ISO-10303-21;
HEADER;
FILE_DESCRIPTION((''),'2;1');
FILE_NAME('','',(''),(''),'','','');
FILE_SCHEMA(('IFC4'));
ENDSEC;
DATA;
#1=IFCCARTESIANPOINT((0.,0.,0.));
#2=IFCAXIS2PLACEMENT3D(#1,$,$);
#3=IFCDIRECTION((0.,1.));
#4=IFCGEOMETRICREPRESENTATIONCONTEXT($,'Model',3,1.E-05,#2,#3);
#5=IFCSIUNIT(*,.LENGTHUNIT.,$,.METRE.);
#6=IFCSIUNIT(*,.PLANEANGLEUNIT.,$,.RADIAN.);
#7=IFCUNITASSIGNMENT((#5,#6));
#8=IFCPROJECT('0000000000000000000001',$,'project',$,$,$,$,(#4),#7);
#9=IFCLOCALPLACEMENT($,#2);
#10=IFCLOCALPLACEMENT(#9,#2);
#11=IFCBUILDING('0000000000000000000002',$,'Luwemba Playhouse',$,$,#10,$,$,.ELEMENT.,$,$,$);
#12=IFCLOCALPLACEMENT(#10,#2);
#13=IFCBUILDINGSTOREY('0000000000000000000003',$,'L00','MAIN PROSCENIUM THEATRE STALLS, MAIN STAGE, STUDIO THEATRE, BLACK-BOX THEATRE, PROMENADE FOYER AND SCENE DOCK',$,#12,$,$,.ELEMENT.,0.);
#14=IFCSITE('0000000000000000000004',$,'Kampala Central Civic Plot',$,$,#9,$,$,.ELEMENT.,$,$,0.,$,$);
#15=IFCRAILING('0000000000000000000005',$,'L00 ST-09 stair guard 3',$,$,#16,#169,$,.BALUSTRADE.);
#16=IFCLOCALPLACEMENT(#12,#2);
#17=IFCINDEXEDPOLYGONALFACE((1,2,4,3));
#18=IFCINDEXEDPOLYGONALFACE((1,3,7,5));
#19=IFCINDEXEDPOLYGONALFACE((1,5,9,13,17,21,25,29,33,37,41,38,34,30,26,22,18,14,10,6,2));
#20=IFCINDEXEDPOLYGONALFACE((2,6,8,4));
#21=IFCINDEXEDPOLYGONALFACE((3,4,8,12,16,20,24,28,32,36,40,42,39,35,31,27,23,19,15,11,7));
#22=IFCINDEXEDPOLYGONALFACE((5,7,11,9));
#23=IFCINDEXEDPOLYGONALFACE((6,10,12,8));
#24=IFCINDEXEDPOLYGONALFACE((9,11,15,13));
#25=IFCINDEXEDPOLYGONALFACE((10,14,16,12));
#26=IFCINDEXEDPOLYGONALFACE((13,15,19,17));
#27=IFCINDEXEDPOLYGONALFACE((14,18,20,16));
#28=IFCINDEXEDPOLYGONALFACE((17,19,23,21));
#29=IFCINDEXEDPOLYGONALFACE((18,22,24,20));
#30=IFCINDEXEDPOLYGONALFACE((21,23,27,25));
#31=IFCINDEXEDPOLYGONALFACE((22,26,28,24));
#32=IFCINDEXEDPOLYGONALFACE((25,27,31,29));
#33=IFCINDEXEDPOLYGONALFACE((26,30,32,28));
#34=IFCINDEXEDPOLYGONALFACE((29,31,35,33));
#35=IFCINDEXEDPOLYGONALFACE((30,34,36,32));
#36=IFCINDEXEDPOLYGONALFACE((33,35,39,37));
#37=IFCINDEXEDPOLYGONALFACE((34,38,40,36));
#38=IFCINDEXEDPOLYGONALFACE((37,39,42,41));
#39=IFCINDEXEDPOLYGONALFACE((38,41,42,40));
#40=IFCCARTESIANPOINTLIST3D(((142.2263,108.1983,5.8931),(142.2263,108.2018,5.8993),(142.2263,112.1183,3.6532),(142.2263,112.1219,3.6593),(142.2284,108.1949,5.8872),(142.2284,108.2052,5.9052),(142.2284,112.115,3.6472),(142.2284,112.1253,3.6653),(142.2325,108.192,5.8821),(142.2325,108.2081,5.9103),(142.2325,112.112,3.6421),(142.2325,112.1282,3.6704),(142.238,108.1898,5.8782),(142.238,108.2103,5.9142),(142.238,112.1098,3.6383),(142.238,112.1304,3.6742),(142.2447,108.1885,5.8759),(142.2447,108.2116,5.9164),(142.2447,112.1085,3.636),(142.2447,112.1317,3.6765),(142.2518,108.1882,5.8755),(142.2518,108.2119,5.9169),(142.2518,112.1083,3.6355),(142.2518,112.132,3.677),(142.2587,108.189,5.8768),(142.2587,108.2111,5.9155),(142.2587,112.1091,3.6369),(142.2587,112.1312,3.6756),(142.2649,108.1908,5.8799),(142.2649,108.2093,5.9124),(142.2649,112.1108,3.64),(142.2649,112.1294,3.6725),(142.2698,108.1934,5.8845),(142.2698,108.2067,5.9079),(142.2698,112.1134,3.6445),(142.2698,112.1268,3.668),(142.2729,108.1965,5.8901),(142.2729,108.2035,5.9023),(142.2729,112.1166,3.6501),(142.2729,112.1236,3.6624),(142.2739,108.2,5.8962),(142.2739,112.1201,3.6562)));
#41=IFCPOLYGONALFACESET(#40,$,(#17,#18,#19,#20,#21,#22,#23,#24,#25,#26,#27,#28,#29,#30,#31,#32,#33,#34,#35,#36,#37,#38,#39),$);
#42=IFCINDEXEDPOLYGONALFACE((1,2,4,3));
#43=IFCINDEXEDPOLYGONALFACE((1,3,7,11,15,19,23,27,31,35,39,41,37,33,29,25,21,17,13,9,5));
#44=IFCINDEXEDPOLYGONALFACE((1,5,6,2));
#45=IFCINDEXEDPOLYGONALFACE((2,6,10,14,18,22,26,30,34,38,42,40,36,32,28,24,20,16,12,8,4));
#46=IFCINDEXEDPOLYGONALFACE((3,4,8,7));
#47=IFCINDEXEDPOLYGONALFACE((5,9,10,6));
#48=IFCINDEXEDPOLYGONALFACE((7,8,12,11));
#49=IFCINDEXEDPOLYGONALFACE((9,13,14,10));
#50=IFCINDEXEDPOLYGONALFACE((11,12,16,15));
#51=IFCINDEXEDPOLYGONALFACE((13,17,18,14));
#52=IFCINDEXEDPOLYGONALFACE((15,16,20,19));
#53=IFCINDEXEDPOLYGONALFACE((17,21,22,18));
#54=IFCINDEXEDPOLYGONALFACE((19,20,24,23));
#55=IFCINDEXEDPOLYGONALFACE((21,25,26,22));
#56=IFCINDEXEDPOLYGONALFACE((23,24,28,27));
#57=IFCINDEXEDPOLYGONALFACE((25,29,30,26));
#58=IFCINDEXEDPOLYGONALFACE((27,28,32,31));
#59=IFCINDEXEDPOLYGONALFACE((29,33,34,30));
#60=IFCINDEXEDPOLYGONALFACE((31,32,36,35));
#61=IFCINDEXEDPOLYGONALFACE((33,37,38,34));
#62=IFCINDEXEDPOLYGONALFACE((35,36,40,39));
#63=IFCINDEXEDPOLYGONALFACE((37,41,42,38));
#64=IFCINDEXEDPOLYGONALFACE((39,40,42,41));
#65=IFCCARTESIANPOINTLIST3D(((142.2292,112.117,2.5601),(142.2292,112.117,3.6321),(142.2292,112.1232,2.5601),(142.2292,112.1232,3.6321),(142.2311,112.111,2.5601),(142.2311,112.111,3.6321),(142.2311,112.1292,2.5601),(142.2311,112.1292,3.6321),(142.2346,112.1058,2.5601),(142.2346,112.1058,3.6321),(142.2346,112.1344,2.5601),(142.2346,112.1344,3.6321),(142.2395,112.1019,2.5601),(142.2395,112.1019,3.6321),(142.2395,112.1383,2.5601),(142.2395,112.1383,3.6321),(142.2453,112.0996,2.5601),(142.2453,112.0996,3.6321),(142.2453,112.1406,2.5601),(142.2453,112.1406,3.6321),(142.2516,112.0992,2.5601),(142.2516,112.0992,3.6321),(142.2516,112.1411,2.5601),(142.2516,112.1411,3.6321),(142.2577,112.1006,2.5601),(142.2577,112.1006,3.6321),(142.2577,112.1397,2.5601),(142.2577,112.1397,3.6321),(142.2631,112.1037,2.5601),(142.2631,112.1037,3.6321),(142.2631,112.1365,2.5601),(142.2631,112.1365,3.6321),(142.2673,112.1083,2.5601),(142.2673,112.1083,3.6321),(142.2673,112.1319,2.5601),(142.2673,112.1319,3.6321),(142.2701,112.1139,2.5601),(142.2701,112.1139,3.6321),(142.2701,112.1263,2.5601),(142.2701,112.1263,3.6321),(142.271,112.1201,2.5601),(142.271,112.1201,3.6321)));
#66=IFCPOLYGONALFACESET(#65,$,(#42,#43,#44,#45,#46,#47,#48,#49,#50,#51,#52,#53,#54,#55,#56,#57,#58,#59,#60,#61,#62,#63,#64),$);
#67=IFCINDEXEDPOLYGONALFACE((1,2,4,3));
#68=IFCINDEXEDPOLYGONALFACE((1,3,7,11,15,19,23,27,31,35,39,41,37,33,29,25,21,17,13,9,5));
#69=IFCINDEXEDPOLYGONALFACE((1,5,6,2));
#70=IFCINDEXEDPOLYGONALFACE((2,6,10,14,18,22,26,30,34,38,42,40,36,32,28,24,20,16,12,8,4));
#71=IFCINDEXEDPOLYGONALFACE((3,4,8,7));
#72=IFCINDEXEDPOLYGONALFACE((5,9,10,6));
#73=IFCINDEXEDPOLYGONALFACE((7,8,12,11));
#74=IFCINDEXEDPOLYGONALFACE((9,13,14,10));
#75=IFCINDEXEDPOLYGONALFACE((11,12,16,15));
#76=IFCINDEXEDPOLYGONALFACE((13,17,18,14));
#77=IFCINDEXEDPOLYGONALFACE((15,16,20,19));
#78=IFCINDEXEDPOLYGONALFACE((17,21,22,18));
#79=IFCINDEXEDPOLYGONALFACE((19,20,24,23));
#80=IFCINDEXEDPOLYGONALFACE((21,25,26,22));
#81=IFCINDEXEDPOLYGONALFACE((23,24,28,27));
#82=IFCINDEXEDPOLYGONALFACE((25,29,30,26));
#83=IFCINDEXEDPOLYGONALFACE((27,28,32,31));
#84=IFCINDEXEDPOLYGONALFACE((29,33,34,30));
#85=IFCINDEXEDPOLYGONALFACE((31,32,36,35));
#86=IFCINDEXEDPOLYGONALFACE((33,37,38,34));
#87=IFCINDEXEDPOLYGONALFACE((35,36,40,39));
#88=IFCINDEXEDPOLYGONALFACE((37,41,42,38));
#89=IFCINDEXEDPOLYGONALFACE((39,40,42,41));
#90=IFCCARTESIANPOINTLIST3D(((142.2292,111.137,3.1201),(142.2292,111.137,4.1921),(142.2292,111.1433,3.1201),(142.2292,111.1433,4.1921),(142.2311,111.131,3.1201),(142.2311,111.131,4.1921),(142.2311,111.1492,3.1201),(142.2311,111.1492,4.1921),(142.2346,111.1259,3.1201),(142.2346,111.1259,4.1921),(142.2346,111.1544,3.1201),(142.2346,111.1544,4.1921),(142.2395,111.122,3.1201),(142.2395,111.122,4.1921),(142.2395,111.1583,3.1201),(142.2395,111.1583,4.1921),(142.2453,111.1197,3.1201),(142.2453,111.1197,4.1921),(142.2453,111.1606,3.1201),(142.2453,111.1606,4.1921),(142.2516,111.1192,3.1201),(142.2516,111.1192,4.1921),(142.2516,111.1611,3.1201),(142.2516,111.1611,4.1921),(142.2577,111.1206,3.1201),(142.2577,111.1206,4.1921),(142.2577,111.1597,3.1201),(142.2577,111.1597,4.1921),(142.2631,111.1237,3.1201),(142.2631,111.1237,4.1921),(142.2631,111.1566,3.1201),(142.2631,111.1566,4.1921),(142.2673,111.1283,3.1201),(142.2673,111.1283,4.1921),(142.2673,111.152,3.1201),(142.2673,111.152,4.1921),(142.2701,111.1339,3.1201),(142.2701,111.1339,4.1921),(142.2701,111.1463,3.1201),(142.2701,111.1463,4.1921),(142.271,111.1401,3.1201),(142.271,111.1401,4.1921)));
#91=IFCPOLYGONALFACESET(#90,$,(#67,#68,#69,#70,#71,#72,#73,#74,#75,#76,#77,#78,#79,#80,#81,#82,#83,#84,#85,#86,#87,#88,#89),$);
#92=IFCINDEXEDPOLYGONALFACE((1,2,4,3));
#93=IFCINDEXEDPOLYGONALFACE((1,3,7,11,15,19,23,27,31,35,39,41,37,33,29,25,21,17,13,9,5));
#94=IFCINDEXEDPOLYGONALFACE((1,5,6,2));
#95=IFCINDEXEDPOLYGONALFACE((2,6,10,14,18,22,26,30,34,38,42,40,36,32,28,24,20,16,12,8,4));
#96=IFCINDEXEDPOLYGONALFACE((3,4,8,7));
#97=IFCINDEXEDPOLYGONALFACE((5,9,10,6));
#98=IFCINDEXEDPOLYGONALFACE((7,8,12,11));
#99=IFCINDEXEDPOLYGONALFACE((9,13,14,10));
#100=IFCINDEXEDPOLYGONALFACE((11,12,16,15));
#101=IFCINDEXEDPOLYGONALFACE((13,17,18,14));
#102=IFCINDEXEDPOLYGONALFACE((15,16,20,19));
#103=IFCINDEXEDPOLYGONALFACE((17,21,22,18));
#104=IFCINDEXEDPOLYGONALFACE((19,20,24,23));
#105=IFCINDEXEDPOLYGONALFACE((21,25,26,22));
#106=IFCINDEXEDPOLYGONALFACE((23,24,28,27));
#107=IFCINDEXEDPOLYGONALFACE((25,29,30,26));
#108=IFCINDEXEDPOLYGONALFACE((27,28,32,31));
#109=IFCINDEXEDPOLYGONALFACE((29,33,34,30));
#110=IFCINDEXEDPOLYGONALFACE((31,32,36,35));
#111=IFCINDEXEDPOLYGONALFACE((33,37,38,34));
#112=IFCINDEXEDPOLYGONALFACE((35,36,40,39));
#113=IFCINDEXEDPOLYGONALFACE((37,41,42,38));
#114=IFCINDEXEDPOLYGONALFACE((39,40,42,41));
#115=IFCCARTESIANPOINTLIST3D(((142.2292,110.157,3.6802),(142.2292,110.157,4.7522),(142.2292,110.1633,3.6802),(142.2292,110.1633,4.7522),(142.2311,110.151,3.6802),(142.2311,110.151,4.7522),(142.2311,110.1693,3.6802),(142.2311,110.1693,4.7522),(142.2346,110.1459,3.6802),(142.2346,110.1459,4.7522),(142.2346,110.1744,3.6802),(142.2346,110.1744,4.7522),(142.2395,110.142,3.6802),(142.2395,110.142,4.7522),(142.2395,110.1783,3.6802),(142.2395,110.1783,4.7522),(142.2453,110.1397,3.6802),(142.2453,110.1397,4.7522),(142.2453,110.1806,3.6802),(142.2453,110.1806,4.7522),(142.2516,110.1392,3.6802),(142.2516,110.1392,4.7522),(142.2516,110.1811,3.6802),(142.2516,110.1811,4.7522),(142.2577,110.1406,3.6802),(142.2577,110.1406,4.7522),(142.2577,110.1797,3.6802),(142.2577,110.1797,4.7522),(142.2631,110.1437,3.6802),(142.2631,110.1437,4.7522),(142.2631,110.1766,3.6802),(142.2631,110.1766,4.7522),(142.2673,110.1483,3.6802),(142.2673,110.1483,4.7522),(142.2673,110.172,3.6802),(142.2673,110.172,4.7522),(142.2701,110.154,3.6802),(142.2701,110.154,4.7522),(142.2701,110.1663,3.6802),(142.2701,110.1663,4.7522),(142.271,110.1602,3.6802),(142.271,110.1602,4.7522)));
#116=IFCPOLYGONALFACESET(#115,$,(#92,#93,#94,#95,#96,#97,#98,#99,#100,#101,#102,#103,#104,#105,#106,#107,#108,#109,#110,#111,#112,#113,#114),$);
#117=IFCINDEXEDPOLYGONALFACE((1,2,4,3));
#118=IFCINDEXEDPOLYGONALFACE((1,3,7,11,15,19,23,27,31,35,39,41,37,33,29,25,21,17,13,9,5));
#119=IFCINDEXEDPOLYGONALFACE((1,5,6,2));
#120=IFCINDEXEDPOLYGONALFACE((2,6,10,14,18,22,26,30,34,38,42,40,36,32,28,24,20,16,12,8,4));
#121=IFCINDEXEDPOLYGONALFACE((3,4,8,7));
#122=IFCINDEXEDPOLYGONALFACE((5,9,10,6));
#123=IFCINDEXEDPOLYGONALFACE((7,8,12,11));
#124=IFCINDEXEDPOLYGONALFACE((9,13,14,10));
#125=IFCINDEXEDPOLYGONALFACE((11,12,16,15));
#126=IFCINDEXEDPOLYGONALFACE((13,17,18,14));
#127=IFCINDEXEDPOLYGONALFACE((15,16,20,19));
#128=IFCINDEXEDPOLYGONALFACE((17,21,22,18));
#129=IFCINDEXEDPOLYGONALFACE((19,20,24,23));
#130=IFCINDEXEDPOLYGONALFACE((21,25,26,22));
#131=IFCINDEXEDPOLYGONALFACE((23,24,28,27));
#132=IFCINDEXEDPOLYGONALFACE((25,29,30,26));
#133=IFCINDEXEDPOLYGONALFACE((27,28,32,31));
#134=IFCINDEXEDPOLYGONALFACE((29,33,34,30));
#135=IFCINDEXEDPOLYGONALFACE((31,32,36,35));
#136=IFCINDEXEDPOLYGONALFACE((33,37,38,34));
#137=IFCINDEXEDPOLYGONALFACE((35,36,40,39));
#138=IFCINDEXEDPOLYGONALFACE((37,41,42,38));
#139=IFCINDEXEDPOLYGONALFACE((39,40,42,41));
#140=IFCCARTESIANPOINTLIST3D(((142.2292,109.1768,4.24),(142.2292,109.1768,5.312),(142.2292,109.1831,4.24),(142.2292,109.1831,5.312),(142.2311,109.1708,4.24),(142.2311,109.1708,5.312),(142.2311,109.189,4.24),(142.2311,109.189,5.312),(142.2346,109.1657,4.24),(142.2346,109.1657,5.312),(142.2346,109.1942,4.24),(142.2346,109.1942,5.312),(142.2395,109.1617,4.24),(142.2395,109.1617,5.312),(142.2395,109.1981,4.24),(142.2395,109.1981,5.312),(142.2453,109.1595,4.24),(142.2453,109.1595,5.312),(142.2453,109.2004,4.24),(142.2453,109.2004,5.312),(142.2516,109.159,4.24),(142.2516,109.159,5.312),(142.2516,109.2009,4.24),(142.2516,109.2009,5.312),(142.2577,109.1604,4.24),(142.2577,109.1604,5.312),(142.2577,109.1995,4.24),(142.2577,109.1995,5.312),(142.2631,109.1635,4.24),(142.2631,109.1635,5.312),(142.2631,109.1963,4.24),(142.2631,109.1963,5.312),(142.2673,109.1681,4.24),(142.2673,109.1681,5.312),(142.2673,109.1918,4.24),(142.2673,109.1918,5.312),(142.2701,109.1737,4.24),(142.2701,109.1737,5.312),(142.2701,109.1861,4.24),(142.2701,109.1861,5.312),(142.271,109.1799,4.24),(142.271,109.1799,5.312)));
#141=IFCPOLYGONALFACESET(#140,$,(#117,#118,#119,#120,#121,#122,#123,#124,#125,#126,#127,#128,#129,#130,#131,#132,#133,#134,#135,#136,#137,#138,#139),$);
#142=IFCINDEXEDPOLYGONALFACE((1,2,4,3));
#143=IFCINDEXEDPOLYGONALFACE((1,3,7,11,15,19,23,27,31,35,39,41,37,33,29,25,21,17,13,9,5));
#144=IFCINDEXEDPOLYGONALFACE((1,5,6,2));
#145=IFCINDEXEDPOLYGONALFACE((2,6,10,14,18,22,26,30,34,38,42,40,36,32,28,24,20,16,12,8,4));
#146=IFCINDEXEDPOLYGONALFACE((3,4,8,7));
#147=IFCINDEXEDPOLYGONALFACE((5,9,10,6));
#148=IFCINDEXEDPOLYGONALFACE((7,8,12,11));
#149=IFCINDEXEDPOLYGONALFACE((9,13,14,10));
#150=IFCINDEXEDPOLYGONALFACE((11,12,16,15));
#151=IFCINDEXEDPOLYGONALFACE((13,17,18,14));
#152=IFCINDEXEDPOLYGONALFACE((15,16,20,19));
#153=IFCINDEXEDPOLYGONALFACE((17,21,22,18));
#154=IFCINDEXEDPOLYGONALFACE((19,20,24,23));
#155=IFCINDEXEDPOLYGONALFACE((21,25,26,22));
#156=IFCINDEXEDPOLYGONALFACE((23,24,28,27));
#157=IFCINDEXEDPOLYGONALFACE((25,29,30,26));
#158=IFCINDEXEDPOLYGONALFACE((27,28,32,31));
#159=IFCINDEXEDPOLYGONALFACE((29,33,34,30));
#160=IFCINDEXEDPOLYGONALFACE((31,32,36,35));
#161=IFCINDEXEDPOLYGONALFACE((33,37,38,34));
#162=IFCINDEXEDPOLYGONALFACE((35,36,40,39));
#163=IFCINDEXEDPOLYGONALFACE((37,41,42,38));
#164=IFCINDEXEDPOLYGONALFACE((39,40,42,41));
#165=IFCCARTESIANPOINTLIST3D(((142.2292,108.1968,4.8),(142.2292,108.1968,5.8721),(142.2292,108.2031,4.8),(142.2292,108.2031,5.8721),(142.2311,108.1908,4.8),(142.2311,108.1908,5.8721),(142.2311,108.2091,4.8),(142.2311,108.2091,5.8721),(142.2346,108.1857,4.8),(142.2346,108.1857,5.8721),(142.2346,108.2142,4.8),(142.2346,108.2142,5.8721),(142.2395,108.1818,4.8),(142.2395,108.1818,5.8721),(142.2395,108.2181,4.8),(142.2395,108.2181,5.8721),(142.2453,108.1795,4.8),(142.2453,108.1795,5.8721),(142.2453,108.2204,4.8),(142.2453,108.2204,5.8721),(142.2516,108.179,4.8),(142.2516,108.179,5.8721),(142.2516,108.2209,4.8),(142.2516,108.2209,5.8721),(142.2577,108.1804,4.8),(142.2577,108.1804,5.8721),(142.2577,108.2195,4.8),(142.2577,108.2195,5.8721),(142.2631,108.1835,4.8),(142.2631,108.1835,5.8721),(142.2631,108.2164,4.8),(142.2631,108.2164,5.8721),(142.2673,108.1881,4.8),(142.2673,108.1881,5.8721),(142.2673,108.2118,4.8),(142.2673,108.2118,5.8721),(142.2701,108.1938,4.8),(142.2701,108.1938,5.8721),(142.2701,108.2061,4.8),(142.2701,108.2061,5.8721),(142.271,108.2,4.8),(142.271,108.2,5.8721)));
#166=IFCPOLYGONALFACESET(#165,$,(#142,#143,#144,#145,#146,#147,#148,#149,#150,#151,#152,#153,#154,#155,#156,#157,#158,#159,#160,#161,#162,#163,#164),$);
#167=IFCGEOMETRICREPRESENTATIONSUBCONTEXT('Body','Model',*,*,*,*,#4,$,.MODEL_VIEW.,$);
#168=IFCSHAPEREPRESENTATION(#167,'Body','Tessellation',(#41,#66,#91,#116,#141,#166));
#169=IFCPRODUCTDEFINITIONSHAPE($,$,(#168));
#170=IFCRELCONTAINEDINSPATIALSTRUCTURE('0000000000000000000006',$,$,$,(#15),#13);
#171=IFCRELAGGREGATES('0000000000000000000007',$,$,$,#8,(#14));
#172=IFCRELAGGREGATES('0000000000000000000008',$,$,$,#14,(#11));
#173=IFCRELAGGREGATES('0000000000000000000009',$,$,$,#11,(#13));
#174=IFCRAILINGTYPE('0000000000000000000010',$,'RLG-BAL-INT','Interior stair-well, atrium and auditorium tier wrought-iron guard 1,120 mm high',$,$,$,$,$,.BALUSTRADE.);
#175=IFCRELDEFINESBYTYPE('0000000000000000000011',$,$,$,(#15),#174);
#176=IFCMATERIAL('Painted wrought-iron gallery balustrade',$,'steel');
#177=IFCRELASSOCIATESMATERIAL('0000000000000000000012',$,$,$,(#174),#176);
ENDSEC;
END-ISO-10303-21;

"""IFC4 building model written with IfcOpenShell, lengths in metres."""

from ifc_helpers import new_model, si_unit, direction, frame, origin, origin_2d, place, context, subcontext, project, spatial, circle, extrude, material, type_object, element, save


model = new_model("IFC4")

# Units and contexts
model_context = context("Model", 3, precision=1e-05, world=origin(), true_north=direction((0.0, 1.0)))
body_context = subcontext(model_context, "Body", "Model", "MODEL_VIEW")
ifc_project = project(units=[si_unit("LENGTHUNIT", "METRE"), si_unit("PLANEANGLEUNIT", "RADIAN")], contexts=[model_context])

# Site, building, storey
site_placement = place(None, origin())
site = spatial("IfcSite", under=ifc_project, at=site_placement, Name="Kampala Central Civic Plot", CompositionType="ELEMENT", RefElevation=0.0)
building_placement = place(site_placement, origin())
building = spatial("IfcBuilding", under=site, at=building_placement, Name="Luwemba Playhouse", CompositionType="ELEMENT")
storey_placement = place(building_placement, origin())
storey = spatial("IfcBuildingStorey", under=building, at=storey_placement, Name="L00", Description="MAIN PROSCENIUM THEATRE STALLS, MAIN STAGE, STUDIO THEATRE, BLACK-BOX THEATRE, PROMENADE FOYER AND SCENE DOCK", CompositionType="ELEMENT", Elevation=0.0)

# Railing
ifc_material_1 = material(Name="Painted wrought-iron gallery balustrade", Category="steel")
railing_type_1 = type_object("IfcRailingType", Name="RLG-BAL-INT", Description="Interior stair-well, atrium and auditorium tier wrought-iron guard 1,120 mm high", PredefinedType="BALUSTRADE", material=ifc_material_1)
railing_1_placement = place(storey_placement, frame((142.25, 112.1201, 2.5601)))
element("IfcRailing", 1, at=railing_1_placement, inside=storey, type_object=railing_type_1, Name="L00 ST-09 stair guard 3", PredefinedType="BALUSTRADE", context=body_context, shape_type="SweptSolid", body=[
    extrude(circle(Radius=0.0239, at=origin_2d()), frame((0.0, 0.0, 1.0962), z_axis=(0.0, -0.868253, 0.496121), x_axis=(1.0, 0.0, 0.0)), (0.0, 0.0, 1.0), 4.5149),
    extrude(circle(Radius=0.021, at=origin_2d()), origin(), (0.0, 0.0, 1.0), 1.072),
    extrude(circle(Radius=0.021, at=origin_2d()), frame((0.0, -0.98, 0.5601)), (0.0, 0.0, 1.0), 1.072),
    extrude(circle(Radius=0.021, at=origin_2d()), frame((0.0, -1.96, 1.1201)), (0.0, 0.0, 1.0), 1.072),
    extrude(circle(Radius=0.021, at=origin_2d()), frame((0.0, -2.9402, 1.6799)), (0.0, 0.0, 1.0), 1.072),
    extrude(circle(Radius=0.021, at=origin_2d()), frame((0.0, -3.9202, 2.24)), (0.0, 0.0, 1.0), 1.072),
])

save(model, "model.ifc")
